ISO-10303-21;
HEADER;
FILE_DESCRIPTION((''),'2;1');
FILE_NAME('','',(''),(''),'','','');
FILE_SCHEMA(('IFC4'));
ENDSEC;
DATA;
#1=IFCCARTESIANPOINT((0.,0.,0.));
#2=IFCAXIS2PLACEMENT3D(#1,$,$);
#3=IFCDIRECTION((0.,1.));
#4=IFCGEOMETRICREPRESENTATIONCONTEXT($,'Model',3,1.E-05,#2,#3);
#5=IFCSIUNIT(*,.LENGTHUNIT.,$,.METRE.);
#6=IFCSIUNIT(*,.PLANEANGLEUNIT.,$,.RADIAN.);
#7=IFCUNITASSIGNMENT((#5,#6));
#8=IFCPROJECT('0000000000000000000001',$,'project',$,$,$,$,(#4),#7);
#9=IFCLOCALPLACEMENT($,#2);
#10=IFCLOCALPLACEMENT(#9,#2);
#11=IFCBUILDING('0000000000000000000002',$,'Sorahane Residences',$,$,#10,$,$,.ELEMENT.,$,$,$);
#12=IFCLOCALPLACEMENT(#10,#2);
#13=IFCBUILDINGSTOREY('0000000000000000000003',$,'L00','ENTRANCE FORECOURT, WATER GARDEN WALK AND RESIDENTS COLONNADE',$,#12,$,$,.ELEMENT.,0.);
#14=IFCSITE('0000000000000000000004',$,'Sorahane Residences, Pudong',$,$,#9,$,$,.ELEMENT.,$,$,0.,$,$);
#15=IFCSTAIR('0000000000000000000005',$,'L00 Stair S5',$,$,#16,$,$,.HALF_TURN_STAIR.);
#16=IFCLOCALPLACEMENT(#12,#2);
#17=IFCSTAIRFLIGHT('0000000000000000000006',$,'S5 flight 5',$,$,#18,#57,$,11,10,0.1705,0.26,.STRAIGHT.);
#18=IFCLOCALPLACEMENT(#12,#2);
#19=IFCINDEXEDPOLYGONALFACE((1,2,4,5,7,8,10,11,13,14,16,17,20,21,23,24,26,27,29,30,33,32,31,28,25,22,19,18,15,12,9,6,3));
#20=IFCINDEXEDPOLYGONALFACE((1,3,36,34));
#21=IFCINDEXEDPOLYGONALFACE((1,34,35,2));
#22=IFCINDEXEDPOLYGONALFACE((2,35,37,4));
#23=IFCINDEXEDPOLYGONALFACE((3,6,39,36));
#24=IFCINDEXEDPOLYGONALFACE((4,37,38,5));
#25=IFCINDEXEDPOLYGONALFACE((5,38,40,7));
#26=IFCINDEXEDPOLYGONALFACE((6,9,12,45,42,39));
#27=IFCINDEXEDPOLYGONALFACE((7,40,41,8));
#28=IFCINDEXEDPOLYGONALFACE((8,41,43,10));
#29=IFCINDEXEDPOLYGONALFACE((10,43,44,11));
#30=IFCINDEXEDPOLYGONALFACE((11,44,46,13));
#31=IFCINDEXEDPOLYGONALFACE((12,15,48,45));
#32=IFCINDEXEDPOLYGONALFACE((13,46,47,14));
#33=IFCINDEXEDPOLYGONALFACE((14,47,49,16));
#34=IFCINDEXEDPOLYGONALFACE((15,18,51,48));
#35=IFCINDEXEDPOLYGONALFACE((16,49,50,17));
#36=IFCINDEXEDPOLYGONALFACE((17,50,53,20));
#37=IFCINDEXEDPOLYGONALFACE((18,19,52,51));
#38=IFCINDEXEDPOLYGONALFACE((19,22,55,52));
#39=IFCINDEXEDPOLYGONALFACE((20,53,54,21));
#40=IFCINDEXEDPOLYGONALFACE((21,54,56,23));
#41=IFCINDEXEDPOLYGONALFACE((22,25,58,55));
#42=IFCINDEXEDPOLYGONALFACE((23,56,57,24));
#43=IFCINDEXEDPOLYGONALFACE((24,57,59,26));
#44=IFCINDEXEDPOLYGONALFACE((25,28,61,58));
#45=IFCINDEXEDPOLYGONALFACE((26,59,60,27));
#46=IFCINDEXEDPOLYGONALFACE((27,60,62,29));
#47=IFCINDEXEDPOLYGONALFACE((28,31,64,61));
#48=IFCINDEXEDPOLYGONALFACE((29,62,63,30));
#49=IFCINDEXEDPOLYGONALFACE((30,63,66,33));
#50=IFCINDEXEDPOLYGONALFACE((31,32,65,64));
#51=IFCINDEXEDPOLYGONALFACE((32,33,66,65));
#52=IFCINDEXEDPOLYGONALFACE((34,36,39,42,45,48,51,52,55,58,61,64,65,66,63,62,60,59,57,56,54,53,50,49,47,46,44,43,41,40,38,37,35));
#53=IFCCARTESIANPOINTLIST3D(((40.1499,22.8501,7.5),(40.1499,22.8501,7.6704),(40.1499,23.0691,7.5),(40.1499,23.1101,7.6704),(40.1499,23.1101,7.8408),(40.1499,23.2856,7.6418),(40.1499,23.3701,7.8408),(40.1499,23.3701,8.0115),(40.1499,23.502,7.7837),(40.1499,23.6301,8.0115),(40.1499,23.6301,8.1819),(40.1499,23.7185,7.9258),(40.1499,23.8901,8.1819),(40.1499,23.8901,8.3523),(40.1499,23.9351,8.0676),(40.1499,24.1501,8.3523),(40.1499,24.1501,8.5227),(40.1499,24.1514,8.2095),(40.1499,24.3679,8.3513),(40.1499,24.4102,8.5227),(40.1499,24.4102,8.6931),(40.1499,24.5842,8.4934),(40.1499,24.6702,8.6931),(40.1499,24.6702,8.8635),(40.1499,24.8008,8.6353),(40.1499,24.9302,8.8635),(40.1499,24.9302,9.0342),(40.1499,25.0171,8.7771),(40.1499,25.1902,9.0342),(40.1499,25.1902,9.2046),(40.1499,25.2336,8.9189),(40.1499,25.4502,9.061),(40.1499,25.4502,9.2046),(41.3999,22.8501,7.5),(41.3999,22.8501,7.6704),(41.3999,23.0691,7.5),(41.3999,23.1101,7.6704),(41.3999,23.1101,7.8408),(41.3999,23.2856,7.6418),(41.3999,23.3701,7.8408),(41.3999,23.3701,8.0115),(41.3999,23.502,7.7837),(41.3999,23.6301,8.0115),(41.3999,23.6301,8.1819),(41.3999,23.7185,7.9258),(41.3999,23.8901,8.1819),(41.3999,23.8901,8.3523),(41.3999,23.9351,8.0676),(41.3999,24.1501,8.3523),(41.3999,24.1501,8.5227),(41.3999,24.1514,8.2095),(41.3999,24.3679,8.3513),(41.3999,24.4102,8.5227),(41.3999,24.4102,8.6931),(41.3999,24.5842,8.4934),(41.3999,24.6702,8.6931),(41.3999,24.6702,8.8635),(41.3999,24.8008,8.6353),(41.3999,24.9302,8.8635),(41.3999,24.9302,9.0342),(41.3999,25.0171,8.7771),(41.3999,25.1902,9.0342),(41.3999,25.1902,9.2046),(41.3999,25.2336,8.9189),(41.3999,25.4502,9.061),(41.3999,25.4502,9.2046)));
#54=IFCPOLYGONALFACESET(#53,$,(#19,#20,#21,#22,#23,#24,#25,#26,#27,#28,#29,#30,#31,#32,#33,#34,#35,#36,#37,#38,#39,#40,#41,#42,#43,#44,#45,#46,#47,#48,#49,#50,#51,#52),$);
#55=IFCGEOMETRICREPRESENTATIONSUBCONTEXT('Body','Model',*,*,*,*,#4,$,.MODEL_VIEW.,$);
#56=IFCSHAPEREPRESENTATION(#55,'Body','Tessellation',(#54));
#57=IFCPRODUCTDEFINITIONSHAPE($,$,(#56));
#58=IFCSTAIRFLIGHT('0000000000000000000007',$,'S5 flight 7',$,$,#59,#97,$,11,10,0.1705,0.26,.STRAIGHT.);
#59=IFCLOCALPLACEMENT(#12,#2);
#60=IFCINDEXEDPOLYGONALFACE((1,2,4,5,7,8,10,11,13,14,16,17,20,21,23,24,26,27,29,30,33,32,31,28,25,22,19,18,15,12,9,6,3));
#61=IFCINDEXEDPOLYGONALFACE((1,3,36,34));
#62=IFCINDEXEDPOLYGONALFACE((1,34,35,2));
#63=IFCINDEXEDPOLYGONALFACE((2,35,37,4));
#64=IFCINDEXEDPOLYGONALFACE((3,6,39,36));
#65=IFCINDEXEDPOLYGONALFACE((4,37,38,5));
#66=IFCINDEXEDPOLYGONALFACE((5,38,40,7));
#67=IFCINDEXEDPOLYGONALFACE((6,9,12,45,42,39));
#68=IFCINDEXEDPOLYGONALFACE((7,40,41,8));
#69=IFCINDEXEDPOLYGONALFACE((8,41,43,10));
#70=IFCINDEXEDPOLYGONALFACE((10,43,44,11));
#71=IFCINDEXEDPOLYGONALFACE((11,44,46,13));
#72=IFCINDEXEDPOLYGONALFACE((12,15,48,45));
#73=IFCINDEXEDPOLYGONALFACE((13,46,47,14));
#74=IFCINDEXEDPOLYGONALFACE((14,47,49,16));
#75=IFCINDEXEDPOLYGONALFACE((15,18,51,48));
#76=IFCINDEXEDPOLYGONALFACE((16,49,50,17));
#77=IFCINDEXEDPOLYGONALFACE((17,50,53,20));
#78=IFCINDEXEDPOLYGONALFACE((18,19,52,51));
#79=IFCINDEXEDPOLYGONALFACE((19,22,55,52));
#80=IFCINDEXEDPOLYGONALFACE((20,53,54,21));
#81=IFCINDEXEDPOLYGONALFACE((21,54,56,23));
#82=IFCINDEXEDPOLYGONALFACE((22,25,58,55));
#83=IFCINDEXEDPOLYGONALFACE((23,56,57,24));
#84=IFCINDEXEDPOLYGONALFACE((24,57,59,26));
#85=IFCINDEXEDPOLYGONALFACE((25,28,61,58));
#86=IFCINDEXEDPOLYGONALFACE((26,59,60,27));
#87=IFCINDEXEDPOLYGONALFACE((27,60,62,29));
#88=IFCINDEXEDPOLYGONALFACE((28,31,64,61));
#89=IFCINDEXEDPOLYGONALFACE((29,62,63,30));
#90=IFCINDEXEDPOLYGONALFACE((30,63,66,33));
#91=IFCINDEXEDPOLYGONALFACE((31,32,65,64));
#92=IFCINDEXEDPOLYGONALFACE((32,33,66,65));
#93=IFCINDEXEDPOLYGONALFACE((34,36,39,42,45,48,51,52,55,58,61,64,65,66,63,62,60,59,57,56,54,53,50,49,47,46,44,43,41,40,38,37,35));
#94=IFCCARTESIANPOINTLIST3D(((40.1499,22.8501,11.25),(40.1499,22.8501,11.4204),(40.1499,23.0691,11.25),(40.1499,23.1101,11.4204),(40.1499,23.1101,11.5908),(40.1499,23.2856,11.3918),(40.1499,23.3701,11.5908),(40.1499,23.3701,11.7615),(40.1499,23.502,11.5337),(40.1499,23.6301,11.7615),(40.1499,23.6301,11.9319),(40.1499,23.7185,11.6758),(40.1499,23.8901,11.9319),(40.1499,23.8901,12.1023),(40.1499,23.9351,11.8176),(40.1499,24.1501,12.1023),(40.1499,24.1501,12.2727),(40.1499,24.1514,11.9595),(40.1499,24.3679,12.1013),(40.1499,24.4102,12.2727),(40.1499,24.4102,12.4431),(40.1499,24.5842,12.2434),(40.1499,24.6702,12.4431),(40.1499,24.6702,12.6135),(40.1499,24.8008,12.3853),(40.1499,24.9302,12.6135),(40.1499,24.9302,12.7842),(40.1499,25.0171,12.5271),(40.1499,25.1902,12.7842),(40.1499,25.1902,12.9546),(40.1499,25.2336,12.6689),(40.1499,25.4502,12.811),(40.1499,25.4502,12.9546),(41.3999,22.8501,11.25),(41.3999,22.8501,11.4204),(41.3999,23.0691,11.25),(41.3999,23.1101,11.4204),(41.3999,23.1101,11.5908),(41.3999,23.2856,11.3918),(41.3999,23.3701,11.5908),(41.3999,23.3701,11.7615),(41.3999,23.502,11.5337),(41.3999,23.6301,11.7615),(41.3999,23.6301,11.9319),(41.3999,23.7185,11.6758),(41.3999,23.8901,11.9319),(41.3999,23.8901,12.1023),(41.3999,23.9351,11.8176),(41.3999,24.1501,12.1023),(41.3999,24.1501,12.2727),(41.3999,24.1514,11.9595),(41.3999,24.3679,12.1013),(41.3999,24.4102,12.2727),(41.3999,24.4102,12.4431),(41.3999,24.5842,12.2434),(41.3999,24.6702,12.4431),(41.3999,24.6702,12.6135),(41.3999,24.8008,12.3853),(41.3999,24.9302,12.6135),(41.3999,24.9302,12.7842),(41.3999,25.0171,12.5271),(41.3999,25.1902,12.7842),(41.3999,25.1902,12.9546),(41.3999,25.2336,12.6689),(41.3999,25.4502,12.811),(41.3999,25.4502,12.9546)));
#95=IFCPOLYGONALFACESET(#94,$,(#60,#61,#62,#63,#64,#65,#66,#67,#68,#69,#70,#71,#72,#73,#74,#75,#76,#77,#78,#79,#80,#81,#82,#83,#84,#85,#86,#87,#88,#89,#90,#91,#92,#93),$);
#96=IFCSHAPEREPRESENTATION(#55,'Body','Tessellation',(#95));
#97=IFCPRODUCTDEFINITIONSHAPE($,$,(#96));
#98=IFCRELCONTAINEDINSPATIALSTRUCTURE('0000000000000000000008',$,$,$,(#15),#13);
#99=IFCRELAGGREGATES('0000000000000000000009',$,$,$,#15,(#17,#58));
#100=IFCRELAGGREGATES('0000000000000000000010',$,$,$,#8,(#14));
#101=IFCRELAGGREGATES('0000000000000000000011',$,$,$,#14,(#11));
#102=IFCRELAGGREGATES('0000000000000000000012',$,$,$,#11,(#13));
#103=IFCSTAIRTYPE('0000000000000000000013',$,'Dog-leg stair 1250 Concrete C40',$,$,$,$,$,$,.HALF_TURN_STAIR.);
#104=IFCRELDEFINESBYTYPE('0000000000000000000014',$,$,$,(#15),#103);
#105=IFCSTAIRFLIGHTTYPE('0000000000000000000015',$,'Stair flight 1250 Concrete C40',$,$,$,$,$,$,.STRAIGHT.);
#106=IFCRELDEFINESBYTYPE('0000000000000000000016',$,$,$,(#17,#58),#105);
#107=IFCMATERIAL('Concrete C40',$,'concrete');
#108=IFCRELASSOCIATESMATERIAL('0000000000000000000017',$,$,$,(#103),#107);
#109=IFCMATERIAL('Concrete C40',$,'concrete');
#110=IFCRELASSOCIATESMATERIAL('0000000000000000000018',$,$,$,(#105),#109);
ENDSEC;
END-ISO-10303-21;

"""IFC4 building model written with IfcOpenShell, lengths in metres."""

from ifc_helpers import new_model, si_unit, direction, frame, origin, place, context, subcontext, project, spatial, polyline, outline, extrude, material, type_object, element, aggregate, save


model = new_model("IFC4")

# Units and contexts
model_context = context("Model", 3, precision=1e-05, world=origin(), true_north=direction((0.0, 1.0)))
body_context = subcontext(model_context, "Body", "Model", "MODEL_VIEW")
ifc_project = project(units=[si_unit("LENGTHUNIT", "METRE"), si_unit("PLANEANGLEUNIT", "RADIAN")], contexts=[model_context])

# Site, building, storey
site_placement = place(None, origin())
site = spatial("IfcSite", under=ifc_project, at=site_placement, Name="Sorahane Residences, Pudong", CompositionType="ELEMENT", RefElevation=0.0)
building_placement = place(site_placement, origin())
building = spatial("IfcBuilding", under=site, at=building_placement, Name="Sorahane Residences", CompositionType="ELEMENT")
storey_placement = place(building_placement, origin())
storey = spatial("IfcBuildingStorey", under=building, at=storey_placement, Name="L00", Description="ENTRANCE FORECOURT, WATER GARDEN WALK AND RESIDENTS COLONNADE", CompositionType="ELEMENT", Elevation=0.0)

# Stair, stair flights
ifc_material_1 = material(Name="Concrete C40", Category="concrete")
stair_type = type_object("IfcStairType", Name="Dog-leg stair 1250 Concrete C40", PredefinedType="HALF_TURN_STAIR", material=ifc_material_1)
stair_placement = place(storey_placement, origin())
stair = element("IfcStair", 1, at=stair_placement, inside=storey, type_object=stair_type, Name="L00 Stair S5", PredefinedType="HALF_TURN_STAIR")
ifc_material_2 = material(Name="Concrete C40", Category="concrete")
stair_flight_type = type_object("IfcStairFlightType", Name="Stair flight 1250 Concrete C40", PredefinedType="STRAIGHT", material=ifc_material_2)
stair_flight_1_placement = place(storey_placement, frame((40.7749, 22.8501, 7.5), z_axis=(0.0, 0.0, 1.0), x_axis=(0.0, 1.0, 0.0)))
stair_flight_1 = element("IfcStairFlight", 2, at=stair_flight_1_placement, type_object=stair_flight_type, Name="S5 flight 5", NumberOfRisers=11, NumberOfTreads=10, PredefinedType="STRAIGHT", RiserHeight=0.1705, TreadLength=0.26, context=body_context, shape_type="SweptSolid", body=[
    extrude(outline(polyline([(0.0, 0.0), (0.0, 0.1704), (0.26, 0.1704), (0.26, 0.3408), (0.52, 0.3408), (0.52, 0.5115), (0.78, 0.5115), (0.78, 0.6819), (1.04, 0.6819), (1.04, 0.8523), (1.3, 0.8523), (1.3, 1.0227), (1.5601, 1.0227), (1.5601, 1.1931), (1.8201, 1.1931), (1.8201, 1.3635), (2.0801, 1.3635), (2.0801, 1.5342), (2.3401, 1.5342), (2.3401, 1.7046), (2.6001, 1.7046), (2.6001, 1.875), (2.6001, 1.561), (2.3835, 1.4189), (2.167, 1.2771), (1.9507, 1.1353), (1.7341, 0.9934), (1.5178, 0.8513), (1.3013, 0.7095), (1.085, 0.5676), (0.8684, 0.4258), (0.6519, 0.2837), (0.4355, 0.1418), (0.219, 0.0), (0.0, 0.0)])), frame((0.0, 0.625, 0.0), z_axis=(0.0, -1.0, 0.0), x_axis=(1.0, 0.0, 0.0)), (0.0, 0.0, 1.0), 1.25),
])
stair_flight_2_placement = place(storey_placement, frame((40.7749, 22.8501, 11.25), z_axis=(0.0, 0.0, 1.0), x_axis=(0.0, 1.0, 0.0)))
stair_flight_2 = element("IfcStairFlight", 3, at=stair_flight_2_placement, type_object=stair_flight_type, Name="S5 flight 7", NumberOfRisers=11, NumberOfTreads=10, PredefinedType="STRAIGHT", RiserHeight=0.1705, TreadLength=0.26, context=body_context, shape_type="SweptSolid", body=[
    extrude(outline(polyline([(0.0, 0.0), (0.0, 0.1704), (0.26, 0.1704), (0.26, 0.3408), (0.52, 0.3408), (0.52, 0.5115), (0.78, 0.5115), (0.78, 0.6819), (1.04, 0.6819), (1.04, 0.8523), (1.3, 0.8523), (1.3, 1.0227), (1.5601, 1.0227), (1.5601, 1.1931), (1.8201, 1.1931), (1.8201, 1.3635), (2.0801, 1.3635), (2.0801, 1.5342), (2.3401, 1.5342), (2.3401, 1.7046), (2.6001, 1.7046), (2.6001, 1.875), (2.6001, 1.561), (2.3835, 1.4189), (2.167, 1.2771), (1.9507, 1.1353), (1.7341, 0.9934), (1.5178, 0.8513), (1.3013, 0.7095), (1.085, 0.5676), (0.8684, 0.4258), (0.6519, 0.2837), (0.4355, 0.1418), (0.219, 0.0), (0.0, 0.0)])), frame((0.0, 0.625, 0.0), z_axis=(0.0, -1.0, 0.0), x_axis=(1.0, 0.0, 0.0)), (0.0, 0.0, 1.0), 1.25),
])
aggregate(stair, [stair_flight_1, stair_flight_2])

save(model, "model.ifc")
